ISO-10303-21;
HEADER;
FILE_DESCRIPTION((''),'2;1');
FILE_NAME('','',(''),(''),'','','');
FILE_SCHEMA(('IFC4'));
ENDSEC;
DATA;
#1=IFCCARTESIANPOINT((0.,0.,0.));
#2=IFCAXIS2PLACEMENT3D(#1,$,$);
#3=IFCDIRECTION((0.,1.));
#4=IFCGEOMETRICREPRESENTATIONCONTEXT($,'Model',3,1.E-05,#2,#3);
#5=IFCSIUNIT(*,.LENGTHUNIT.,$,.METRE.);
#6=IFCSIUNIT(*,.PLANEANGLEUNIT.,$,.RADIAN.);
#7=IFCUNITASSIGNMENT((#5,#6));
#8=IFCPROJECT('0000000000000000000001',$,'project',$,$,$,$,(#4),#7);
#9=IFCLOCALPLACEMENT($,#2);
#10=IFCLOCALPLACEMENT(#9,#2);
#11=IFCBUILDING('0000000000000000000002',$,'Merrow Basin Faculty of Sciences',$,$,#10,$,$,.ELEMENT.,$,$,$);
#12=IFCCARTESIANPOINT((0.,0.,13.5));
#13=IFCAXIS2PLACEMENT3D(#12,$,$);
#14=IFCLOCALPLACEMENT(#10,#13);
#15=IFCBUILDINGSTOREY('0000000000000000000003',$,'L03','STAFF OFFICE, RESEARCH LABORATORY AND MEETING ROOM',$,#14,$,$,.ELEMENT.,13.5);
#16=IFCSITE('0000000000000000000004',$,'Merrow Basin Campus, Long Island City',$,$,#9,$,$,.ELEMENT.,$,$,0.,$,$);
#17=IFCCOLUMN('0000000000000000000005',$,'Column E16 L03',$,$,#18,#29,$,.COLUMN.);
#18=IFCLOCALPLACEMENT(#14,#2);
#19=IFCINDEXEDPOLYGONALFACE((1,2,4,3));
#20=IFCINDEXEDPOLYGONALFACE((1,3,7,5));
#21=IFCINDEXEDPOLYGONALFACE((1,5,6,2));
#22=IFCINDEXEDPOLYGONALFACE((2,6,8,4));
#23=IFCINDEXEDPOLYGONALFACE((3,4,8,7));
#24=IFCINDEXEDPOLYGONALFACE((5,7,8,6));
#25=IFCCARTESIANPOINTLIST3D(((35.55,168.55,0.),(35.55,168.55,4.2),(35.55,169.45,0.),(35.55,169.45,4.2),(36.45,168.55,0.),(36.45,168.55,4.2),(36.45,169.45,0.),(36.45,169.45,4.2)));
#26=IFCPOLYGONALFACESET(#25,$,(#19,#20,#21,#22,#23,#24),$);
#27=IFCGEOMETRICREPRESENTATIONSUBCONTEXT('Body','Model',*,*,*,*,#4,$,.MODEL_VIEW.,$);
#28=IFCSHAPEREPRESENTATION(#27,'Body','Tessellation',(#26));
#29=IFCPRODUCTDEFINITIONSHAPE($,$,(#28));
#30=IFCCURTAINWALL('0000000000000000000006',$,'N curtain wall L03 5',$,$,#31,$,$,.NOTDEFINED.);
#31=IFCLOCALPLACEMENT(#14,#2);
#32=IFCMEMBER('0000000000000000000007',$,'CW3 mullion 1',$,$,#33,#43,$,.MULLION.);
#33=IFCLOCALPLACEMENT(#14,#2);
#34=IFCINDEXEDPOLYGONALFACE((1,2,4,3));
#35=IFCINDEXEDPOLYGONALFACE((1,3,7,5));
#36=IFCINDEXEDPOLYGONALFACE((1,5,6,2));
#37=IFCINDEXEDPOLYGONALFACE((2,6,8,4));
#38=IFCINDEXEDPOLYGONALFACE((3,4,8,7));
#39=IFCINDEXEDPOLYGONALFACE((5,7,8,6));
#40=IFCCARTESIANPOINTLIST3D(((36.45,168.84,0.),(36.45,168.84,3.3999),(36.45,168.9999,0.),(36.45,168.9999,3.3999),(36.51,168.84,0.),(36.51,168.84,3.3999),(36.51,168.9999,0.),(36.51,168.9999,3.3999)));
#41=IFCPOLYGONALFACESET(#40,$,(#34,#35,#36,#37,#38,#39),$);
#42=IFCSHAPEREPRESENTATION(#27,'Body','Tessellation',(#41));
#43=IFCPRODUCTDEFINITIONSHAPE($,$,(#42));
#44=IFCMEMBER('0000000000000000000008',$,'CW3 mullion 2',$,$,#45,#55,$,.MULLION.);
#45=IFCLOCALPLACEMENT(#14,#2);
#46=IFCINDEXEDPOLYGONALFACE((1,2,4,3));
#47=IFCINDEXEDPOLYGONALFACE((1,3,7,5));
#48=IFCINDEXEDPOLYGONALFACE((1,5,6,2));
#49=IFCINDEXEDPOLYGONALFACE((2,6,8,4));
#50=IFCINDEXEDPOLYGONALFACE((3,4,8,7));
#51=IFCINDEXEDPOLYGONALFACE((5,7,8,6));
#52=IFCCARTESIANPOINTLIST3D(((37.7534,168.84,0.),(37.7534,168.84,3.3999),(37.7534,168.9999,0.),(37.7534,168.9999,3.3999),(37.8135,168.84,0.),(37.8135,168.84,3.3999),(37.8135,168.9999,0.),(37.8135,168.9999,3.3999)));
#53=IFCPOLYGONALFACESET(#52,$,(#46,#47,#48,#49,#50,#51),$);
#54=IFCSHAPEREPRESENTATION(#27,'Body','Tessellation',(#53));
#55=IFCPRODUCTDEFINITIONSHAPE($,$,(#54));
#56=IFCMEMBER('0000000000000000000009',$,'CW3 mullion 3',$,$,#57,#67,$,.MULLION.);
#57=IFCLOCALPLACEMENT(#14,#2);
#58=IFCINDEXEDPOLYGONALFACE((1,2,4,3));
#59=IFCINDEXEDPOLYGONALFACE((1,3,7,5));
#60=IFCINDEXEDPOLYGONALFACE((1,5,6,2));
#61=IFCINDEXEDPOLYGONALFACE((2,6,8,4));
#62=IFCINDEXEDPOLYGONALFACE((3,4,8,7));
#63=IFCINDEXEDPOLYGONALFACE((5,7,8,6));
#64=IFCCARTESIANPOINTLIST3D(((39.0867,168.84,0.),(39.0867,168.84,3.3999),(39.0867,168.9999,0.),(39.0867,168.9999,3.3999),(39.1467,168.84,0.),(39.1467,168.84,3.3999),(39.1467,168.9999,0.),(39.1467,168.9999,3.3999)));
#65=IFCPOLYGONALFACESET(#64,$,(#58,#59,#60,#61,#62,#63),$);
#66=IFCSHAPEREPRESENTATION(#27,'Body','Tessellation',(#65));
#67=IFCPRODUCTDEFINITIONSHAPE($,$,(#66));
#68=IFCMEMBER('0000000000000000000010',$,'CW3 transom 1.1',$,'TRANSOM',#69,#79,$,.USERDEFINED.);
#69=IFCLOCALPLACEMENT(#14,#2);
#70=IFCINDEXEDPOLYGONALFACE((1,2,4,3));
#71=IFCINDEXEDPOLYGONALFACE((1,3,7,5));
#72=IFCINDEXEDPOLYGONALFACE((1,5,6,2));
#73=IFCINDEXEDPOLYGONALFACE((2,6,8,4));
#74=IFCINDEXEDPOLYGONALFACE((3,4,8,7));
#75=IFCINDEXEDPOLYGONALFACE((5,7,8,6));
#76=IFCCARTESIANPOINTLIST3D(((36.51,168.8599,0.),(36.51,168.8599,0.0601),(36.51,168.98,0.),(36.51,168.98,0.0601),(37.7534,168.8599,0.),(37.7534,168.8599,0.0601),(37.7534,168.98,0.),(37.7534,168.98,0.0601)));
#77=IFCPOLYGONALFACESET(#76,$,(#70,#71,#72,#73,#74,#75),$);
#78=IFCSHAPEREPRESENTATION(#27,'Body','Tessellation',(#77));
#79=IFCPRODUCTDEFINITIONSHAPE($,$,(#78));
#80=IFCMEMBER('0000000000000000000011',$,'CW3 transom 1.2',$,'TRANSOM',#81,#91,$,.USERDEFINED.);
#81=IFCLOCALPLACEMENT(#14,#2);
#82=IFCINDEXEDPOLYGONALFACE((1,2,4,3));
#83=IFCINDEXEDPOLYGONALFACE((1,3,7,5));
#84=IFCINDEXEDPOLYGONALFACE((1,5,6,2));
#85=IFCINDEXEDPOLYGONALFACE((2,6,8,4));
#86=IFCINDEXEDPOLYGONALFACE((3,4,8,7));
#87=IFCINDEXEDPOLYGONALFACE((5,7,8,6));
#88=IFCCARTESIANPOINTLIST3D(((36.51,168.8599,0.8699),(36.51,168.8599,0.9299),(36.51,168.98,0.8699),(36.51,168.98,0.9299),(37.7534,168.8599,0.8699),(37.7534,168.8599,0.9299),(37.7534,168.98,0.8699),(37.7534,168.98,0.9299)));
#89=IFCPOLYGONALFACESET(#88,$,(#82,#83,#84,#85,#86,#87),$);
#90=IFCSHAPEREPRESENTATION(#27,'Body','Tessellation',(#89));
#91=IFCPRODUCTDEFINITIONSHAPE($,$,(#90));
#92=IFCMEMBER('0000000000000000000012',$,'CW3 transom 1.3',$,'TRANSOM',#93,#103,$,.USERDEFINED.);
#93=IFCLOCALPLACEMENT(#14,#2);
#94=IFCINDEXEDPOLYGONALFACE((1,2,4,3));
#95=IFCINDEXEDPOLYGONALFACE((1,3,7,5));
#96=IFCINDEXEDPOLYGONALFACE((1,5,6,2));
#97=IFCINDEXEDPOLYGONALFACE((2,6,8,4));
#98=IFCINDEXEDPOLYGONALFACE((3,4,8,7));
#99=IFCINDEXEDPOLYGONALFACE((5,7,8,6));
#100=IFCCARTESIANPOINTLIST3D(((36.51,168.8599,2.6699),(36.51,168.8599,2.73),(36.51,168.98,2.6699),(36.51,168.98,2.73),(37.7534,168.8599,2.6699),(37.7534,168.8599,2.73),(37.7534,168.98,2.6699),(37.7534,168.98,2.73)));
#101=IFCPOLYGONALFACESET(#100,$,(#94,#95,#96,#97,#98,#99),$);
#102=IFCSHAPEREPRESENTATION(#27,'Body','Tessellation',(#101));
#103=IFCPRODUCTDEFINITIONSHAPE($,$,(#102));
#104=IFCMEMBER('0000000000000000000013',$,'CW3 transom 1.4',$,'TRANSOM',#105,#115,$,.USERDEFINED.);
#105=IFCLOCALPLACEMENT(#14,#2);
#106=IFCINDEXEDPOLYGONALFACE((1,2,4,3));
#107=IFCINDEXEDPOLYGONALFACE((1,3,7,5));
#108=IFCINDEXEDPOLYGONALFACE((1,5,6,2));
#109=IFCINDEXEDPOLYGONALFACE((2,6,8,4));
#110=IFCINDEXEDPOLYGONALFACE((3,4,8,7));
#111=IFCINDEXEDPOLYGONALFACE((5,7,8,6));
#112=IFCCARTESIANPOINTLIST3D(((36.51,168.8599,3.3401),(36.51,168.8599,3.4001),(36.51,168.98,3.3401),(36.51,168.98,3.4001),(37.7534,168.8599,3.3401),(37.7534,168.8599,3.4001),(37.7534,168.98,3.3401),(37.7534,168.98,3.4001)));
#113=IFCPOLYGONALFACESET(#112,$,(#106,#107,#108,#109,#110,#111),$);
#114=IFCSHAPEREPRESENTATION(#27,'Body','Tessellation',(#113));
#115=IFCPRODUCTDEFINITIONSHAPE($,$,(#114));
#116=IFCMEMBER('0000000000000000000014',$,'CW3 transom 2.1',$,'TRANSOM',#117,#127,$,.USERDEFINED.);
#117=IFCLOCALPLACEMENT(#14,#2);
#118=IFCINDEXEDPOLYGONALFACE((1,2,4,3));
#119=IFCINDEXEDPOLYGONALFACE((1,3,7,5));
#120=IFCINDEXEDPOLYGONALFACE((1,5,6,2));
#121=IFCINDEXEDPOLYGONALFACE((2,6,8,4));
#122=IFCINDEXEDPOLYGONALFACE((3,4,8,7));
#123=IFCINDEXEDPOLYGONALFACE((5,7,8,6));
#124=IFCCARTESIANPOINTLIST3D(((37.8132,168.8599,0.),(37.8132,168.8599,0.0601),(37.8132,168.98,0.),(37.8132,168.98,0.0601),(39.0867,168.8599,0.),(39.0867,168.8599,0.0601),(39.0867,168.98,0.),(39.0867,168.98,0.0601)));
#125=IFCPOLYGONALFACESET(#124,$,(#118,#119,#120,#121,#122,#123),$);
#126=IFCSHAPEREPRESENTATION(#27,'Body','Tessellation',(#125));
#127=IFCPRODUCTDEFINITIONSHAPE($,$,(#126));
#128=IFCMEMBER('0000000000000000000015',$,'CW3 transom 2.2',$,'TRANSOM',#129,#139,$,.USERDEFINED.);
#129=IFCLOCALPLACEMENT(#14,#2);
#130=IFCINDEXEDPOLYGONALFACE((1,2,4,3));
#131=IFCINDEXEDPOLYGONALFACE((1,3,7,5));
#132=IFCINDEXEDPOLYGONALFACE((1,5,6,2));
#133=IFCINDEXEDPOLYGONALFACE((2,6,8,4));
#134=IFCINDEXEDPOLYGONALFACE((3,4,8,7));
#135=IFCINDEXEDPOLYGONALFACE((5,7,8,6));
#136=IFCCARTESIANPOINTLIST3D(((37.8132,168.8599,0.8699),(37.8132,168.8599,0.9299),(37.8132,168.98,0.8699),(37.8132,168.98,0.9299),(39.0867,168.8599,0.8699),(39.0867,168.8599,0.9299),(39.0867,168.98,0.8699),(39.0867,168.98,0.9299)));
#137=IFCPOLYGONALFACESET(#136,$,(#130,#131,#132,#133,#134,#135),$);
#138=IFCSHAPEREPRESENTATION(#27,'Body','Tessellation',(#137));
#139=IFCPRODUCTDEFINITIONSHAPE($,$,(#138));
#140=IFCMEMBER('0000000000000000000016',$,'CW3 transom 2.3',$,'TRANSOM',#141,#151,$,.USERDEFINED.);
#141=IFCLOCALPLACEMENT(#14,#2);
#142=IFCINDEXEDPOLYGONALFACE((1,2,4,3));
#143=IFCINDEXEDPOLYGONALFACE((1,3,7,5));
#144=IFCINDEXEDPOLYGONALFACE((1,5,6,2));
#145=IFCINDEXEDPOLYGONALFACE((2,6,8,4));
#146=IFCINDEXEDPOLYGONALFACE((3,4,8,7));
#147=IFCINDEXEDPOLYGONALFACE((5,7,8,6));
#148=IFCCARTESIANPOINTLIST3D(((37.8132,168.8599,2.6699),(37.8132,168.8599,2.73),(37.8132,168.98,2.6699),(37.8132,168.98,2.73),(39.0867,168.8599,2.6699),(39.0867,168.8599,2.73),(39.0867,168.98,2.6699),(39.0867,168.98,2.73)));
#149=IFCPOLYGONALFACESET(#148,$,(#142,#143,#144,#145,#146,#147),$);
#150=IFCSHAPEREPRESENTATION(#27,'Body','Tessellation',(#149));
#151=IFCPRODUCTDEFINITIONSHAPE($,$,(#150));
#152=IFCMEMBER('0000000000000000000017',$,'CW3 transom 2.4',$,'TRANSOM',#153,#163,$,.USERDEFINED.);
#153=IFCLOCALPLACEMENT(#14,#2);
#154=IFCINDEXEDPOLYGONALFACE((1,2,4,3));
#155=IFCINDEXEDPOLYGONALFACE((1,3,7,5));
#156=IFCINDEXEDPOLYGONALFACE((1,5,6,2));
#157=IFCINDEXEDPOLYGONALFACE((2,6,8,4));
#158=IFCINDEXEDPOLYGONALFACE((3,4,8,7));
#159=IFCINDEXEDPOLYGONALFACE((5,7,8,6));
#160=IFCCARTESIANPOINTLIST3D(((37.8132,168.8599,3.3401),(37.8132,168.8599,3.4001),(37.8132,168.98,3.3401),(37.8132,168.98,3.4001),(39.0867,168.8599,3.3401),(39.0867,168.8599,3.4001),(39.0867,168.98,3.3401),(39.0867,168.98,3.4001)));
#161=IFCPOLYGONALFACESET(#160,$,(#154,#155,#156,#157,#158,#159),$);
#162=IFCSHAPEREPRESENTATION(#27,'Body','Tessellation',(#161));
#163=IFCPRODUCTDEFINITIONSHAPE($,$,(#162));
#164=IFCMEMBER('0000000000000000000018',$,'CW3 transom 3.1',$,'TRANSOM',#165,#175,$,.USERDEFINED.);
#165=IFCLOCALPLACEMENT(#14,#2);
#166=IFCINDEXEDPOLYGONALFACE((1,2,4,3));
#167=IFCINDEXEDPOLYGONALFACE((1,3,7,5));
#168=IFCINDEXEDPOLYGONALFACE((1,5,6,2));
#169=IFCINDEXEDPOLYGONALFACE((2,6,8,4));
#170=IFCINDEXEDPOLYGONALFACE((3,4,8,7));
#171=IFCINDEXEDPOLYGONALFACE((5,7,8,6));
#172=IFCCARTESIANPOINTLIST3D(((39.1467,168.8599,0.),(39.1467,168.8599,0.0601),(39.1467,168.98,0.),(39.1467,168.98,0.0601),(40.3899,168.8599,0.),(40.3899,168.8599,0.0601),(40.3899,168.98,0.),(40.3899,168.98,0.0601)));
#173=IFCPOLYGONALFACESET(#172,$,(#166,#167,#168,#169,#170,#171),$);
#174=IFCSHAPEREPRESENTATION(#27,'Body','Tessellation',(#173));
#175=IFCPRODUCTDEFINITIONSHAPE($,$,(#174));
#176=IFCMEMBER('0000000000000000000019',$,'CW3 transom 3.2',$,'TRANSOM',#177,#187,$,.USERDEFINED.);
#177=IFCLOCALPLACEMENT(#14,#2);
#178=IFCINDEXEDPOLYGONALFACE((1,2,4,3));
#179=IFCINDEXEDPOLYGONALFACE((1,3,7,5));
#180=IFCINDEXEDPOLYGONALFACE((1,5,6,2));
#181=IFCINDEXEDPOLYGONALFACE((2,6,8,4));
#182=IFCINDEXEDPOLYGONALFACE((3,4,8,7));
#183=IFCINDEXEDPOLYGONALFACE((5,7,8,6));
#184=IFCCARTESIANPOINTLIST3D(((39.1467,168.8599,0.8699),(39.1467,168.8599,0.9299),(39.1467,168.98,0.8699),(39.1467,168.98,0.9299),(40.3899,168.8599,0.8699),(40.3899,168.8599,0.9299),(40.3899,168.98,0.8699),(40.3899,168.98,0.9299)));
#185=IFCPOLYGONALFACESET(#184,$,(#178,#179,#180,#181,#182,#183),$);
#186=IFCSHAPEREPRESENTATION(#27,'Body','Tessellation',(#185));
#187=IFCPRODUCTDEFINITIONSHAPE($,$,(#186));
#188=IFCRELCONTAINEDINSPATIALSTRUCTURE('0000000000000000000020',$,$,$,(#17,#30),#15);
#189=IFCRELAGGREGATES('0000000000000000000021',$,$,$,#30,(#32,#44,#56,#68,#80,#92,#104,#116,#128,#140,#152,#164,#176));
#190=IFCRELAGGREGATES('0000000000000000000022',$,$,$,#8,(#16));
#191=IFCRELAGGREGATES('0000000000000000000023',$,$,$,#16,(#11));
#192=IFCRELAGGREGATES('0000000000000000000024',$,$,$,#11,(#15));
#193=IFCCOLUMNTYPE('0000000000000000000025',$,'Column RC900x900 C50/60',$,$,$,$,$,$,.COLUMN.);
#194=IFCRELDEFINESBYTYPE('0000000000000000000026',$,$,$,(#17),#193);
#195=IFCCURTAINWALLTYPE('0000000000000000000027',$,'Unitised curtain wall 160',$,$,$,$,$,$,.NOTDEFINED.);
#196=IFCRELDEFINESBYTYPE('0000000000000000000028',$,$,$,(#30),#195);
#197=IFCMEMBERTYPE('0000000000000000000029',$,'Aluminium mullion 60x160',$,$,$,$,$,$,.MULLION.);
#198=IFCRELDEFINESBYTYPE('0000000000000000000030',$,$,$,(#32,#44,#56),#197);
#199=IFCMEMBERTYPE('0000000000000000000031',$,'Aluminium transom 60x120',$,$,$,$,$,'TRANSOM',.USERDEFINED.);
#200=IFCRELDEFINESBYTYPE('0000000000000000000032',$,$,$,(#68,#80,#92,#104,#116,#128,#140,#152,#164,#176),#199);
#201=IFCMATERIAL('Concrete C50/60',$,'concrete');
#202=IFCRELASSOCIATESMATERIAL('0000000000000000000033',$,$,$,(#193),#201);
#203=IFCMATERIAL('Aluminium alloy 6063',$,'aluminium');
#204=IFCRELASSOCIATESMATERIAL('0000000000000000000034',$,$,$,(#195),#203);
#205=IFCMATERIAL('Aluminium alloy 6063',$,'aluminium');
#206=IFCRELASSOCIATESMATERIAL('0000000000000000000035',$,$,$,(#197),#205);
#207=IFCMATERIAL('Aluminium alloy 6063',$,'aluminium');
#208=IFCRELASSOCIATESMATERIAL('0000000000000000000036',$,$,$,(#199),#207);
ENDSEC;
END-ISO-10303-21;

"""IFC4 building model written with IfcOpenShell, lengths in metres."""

from ifc_helpers import new_model, si_unit, direction, frame, origin, origin_2d, place, context, subcontext, project, spatial, rectangle, extrude, material, material_profile, profile_set, type_object, element, aggregate, save


model = new_model("IFC4")

# Units and contexts
model_context = context("Model", 3, precision=1e-05, world=origin(), true_north=direction((0.0, 1.0)))
body_context = subcontext(model_context, "Body", "Model", "MODEL_VIEW")
ifc_project = project(units=[si_unit("LENGTHUNIT", "METRE"), si_unit("PLANEANGLEUNIT", "RADIAN")], contexts=[model_context])

# Site, building, storey
site_placement = place(None, origin())
site = spatial("IfcSite", under=ifc_project, at=site_placement, Name="Merrow Basin Campus, Long Island City", CompositionType="ELEMENT", RefElevation=0.0)
building_placement = place(site_placement, origin())
building = spatial("IfcBuilding", under=site, at=building_placement, Name="Merrow Basin Faculty of Sciences", CompositionType="ELEMENT")
storey_placement = place(building_placement, frame((0.0, 0.0, 13.5)))
storey = spatial("IfcBuildingStorey", under=building, at=storey_placement, Name="L03", Description="STAFF OFFICE, RESEARCH LABORATORY AND MEETING ROOM", CompositionType="ELEMENT", Elevation=13.5)

# Column
ifc_material_1 = material(Name="Concrete C50/60", Category="concrete")
ifc_material_profile_1 = material_profile(ifc_material_1, rectangle(XDim=0.8999, YDim=0.8999, at=origin_2d()))
ifc_profile_set_1 = profile_set([ifc_material_profile_1], Name="Concrete C50/60")
column_type = type_object("IfcColumnType", Name="Column RC900x900 C50/60", PredefinedType="COLUMN", material=ifc_profile_set_1)
column_placement = place(storey_placement, frame((36.0, 169.0, 0.0), z_axis=(0.0, 0.0, 1.0), x_axis=(1.0, 0.0, 0.0)))
element("IfcColumn", 1, at=column_placement, inside=storey, type_object=column_type, Name="Column E16 L03", PredefinedType="COLUMN", context=body_context, shape_type="SweptSolid", body=[
    extrude(rectangle(XDim=0.8999, YDim=0.8999, at=origin_2d()), origin(), (0.0, 0.0, 1.0), 4.2),
])

# Curtain wall, members
ifc_material_2 = material(Name="Aluminium alloy 6063", Category="aluminium")
curtain_wall_type = type_object("IfcCurtainWallType", Name="Unitised curtain wall 160", PredefinedType="NOTDEFINED", material=ifc_material_2)
curtain_wall_placement = place(storey_placement, origin())
curtain_wall = element("IfcCurtainWall", 2, at=curtain_wall_placement, inside=storey, type_object=curtain_wall_type, Name="N curtain wall L03 5", PredefinedType="NOTDEFINED")
ifc_material_3 = material(Name="Aluminium alloy 6063", Category="aluminium")
ifc_material_profile_2 = material_profile(ifc_material_3, rectangle(XDim=0.1599, YDim=0.0601, at=origin_2d()))
ifc_profile_set_2 = profile_set([ifc_material_profile_2], Name="Aluminium alloy 6063")
member_type_1 = type_object("IfcMemberType", Name="Aluminium mullion 60x160", PredefinedType="MULLION", material=ifc_profile_set_2)
member_1_placement = place(storey_placement, frame((36.48, 168.9199, 0.0), z_axis=(0.0, 0.0, 1.0), x_axis=(0.0, 1.0, 0.0)))
member_1 = element("IfcMember", 3, at=member_1_placement, type_object=member_type_1, Name="CW3 mullion 1", PredefinedType="MULLION", context=body_context, shape_type="SweptSolid", body=[
    extrude(rectangle(XDim=0.1599, YDim=0.0601, at=origin_2d()), origin(), (0.0, 0.0, 1.0), 3.3999),
])
member_2_placement = place(storey_placement, frame((37.7834, 168.9199, 0.0), z_axis=(0.0, 0.0, 1.0), x_axis=(0.0, 1.0, 0.0)))
member_2 = element("IfcMember", 4, at=member_2_placement, type_object=member_type_1, Name="CW3 mullion 2", PredefinedType="MULLION", context=body_context, shape_type="SweptSolid", body=[
    extrude(rectangle(XDim=0.1599, YDim=0.0601, at=origin_2d()), origin(), (0.0, 0.0, 1.0), 3.3999),
])
member_3_placement = place(storey_placement, frame((39.1167, 168.9199, 0.0), z_axis=(0.0, 0.0, 1.0), x_axis=(0.0, 1.0, 0.0)))
member_3 = element("IfcMember", 5, at=member_3_placement, type_object=member_type_1, Name="CW3 mullion 3", PredefinedType="MULLION", context=body_context, shape_type="SweptSolid", body=[
    extrude(rectangle(XDim=0.1599, YDim=0.0601, at=origin_2d()), origin(), (0.0, 0.0, 1.0), 3.3999),
])
ifc_material_4 = material(Name="Aluminium alloy 6063", Category="aluminium")
ifc_material_profile_3 = material_profile(ifc_material_4, rectangle(XDim=0.1201, YDim=0.0601, at=origin_2d()))
ifc_profile_set_3 = profile_set([ifc_material_profile_3], Name="Aluminium alloy 6063")
member_type_2 = type_object("IfcMemberType", Name="Aluminium transom 60x120", ElementType="TRANSOM", PredefinedType="USERDEFINED", material=ifc_profile_set_3)
member_4_placement = place(storey_placement, frame((36.51, 168.9199, 0.03), z_axis=(1.0, 0.0, 0.0), x_axis=(0.0, 1.0, 0.0)))
member_4 = element("IfcMember", 6, at=member_4_placement, type_object=member_type_2, Name="CW3 transom 1.1", ObjectType="TRANSOM", PredefinedType="USERDEFINED", context=body_context, shape_type="SweptSolid", body=[
    extrude(rectangle(XDim=0.1201, YDim=0.0601, at=origin_2d()), origin(), (0.0, 0.0, 1.0), 1.2434),
])
member_5_placement = place(storey_placement, frame((36.51, 168.9199, 0.8999), z_axis=(1.0, 0.0, 0.0), x_axis=(0.0, 1.0, 0.0)))
member_5 = element("IfcMember", 7, at=member_5_placement, type_object=member_type_2, Name="CW3 transom 1.2", ObjectType="TRANSOM", PredefinedType="USERDEFINED", context=body_context, shape_type="SweptSolid", body=[
    extrude(rectangle(XDim=0.1201, YDim=0.0601, at=origin_2d()), origin(), (0.0, 0.0, 1.0), 1.2434),
])
member_6_placement = place(storey_placement, frame((36.51, 168.9199, 2.7), z_axis=(1.0, 0.0, 0.0), x_axis=(0.0, 1.0, 0.0)))
member_6 = element("IfcMember", 8, at=member_6_placement, type_object=member_type_2, Name="CW3 transom 1.3", ObjectType="TRANSOM", PredefinedType="USERDEFINED", context=body_context, shape_type="SweptSolid", body=[
    extrude(rectangle(XDim=0.1201, YDim=0.0601, at=origin_2d()), origin(), (0.0, 0.0, 1.0), 1.2434),
])
member_7_placement = place(storey_placement, frame((36.51, 168.9199, 3.3701), z_axis=(1.0, 0.0, 0.0), x_axis=(0.0, 1.0, 0.0)))
member_7 = element("IfcMember", 9, at=member_7_placement, type_object=member_type_2, Name="CW3 transom 1.4", ObjectType="TRANSOM", PredefinedType="USERDEFINED", context=body_context, shape_type="SweptSolid", body=[
    extrude(rectangle(XDim=0.1201, YDim=0.0601, at=origin_2d()), origin(), (0.0, 0.0, 1.0), 1.2434),
])
member_8_placement = place(storey_placement, frame((37.8132, 168.9199, 0.03), z_axis=(1.0, 0.0, 0.0), x_axis=(0.0, 1.0, 0.0)))
member_8 = element("IfcMember", 10, at=member_8_placement, type_object=member_type_2, Name="CW3 transom 2.1", ObjectType="TRANSOM", PredefinedType="USERDEFINED", context=body_context, shape_type="SweptSolid", body=[
    extrude(rectangle(XDim=0.1201, YDim=0.0601, at=origin_2d()), origin(), (0.0, 0.0, 1.0), 1.2734),
])
member_9_placement = place(storey_placement, frame((37.8132, 168.9199, 0.8999), z_axis=(1.0, 0.0, 0.0), x_axis=(0.0, 1.0, 0.0)))
member_9 = element("IfcMember", 11, at=member_9_placement, type_object=member_type_2, Name="CW3 transom 2.2", ObjectType="TRANSOM", PredefinedType="USERDEFINED", context=body_context, shape_type="SweptSolid", body=[
    extrude(rectangle(XDim=0.1201, YDim=0.0601, at=origin_2d()), origin(), (0.0, 0.0, 1.0), 1.2734),
])
member_10_placement = place(storey_placement, frame((37.8132, 168.9199, 2.7), z_axis=(1.0, 0.0, 0.0), x_axis=(0.0, 1.0, 0.0)))
member_10 = element("IfcMember", 12, at=member_10_placement, type_object=member_type_2, Name="CW3 transom 2.3", ObjectType="TRANSOM", PredefinedType="USERDEFINED", context=body_context, shape_type="SweptSolid", body=[
    extrude(rectangle(XDim=0.1201, YDim=0.0601, at=origin_2d()), origin(), (0.0, 0.0, 1.0), 1.2734),
])
member_11_placement = place(storey_placement, frame((37.8132, 168.9199, 3.3701), z_axis=(1.0, 0.0, 0.0), x_axis=(0.0, 1.0, 0.0)))
member_11 = element("IfcMember", 13, at=member_11_placement, type_object=member_type_2, Name="CW3 transom 2.4", ObjectType="TRANSOM", PredefinedType="USERDEFINED", context=body_context, shape_type="SweptSolid", body=[
    extrude(rectangle(XDim=0.1201, YDim=0.0601, at=origin_2d()), origin(), (0.0, 0.0, 1.0), 1.2734),
])
member_12_placement = place(storey_placement, frame((39.1467, 168.9199, 0.03), z_axis=(1.0, 0.0, 0.0), x_axis=(0.0, 1.0, 0.0)))
member_12 = element("IfcMember", 14, at=member_12_placement, type_object=member_type_2, Name="CW3 transom 3.1", ObjectType="TRANSOM", PredefinedType="USERDEFINED", context=body_context, shape_type="SweptSolid", body=[
    extrude(rectangle(XDim=0.1201, YDim=0.0601, at=origin_2d()), origin(), (0.0, 0.0, 1.0), 1.2432),
])
member_13_placement = place(storey_placement, frame((39.1467, 168.9199, 0.8999), z_axis=(1.0, 0.0, 0.0), x_axis=(0.0, 1.0, 0.0)))
member_13 = element("IfcMember", 15, at=member_13_placement, type_object=member_type_2, Name="CW3 transom 3.2", ObjectType="TRANSOM", PredefinedType="USERDEFINED", context=body_context, shape_type="SweptSolid", body=[
    extrude(rectangle(XDim=0.1201, YDim=0.0601, at=origin_2d()), origin(), (0.0, 0.0, 1.0), 1.2432),
])

aggregate(curtain_wall, [member_1, member_2, member_3, member_4, member_5, member_6, member_7, member_8, member_9, member_10, member_11, member_12, member_13])

save(model, "model.ifc")
